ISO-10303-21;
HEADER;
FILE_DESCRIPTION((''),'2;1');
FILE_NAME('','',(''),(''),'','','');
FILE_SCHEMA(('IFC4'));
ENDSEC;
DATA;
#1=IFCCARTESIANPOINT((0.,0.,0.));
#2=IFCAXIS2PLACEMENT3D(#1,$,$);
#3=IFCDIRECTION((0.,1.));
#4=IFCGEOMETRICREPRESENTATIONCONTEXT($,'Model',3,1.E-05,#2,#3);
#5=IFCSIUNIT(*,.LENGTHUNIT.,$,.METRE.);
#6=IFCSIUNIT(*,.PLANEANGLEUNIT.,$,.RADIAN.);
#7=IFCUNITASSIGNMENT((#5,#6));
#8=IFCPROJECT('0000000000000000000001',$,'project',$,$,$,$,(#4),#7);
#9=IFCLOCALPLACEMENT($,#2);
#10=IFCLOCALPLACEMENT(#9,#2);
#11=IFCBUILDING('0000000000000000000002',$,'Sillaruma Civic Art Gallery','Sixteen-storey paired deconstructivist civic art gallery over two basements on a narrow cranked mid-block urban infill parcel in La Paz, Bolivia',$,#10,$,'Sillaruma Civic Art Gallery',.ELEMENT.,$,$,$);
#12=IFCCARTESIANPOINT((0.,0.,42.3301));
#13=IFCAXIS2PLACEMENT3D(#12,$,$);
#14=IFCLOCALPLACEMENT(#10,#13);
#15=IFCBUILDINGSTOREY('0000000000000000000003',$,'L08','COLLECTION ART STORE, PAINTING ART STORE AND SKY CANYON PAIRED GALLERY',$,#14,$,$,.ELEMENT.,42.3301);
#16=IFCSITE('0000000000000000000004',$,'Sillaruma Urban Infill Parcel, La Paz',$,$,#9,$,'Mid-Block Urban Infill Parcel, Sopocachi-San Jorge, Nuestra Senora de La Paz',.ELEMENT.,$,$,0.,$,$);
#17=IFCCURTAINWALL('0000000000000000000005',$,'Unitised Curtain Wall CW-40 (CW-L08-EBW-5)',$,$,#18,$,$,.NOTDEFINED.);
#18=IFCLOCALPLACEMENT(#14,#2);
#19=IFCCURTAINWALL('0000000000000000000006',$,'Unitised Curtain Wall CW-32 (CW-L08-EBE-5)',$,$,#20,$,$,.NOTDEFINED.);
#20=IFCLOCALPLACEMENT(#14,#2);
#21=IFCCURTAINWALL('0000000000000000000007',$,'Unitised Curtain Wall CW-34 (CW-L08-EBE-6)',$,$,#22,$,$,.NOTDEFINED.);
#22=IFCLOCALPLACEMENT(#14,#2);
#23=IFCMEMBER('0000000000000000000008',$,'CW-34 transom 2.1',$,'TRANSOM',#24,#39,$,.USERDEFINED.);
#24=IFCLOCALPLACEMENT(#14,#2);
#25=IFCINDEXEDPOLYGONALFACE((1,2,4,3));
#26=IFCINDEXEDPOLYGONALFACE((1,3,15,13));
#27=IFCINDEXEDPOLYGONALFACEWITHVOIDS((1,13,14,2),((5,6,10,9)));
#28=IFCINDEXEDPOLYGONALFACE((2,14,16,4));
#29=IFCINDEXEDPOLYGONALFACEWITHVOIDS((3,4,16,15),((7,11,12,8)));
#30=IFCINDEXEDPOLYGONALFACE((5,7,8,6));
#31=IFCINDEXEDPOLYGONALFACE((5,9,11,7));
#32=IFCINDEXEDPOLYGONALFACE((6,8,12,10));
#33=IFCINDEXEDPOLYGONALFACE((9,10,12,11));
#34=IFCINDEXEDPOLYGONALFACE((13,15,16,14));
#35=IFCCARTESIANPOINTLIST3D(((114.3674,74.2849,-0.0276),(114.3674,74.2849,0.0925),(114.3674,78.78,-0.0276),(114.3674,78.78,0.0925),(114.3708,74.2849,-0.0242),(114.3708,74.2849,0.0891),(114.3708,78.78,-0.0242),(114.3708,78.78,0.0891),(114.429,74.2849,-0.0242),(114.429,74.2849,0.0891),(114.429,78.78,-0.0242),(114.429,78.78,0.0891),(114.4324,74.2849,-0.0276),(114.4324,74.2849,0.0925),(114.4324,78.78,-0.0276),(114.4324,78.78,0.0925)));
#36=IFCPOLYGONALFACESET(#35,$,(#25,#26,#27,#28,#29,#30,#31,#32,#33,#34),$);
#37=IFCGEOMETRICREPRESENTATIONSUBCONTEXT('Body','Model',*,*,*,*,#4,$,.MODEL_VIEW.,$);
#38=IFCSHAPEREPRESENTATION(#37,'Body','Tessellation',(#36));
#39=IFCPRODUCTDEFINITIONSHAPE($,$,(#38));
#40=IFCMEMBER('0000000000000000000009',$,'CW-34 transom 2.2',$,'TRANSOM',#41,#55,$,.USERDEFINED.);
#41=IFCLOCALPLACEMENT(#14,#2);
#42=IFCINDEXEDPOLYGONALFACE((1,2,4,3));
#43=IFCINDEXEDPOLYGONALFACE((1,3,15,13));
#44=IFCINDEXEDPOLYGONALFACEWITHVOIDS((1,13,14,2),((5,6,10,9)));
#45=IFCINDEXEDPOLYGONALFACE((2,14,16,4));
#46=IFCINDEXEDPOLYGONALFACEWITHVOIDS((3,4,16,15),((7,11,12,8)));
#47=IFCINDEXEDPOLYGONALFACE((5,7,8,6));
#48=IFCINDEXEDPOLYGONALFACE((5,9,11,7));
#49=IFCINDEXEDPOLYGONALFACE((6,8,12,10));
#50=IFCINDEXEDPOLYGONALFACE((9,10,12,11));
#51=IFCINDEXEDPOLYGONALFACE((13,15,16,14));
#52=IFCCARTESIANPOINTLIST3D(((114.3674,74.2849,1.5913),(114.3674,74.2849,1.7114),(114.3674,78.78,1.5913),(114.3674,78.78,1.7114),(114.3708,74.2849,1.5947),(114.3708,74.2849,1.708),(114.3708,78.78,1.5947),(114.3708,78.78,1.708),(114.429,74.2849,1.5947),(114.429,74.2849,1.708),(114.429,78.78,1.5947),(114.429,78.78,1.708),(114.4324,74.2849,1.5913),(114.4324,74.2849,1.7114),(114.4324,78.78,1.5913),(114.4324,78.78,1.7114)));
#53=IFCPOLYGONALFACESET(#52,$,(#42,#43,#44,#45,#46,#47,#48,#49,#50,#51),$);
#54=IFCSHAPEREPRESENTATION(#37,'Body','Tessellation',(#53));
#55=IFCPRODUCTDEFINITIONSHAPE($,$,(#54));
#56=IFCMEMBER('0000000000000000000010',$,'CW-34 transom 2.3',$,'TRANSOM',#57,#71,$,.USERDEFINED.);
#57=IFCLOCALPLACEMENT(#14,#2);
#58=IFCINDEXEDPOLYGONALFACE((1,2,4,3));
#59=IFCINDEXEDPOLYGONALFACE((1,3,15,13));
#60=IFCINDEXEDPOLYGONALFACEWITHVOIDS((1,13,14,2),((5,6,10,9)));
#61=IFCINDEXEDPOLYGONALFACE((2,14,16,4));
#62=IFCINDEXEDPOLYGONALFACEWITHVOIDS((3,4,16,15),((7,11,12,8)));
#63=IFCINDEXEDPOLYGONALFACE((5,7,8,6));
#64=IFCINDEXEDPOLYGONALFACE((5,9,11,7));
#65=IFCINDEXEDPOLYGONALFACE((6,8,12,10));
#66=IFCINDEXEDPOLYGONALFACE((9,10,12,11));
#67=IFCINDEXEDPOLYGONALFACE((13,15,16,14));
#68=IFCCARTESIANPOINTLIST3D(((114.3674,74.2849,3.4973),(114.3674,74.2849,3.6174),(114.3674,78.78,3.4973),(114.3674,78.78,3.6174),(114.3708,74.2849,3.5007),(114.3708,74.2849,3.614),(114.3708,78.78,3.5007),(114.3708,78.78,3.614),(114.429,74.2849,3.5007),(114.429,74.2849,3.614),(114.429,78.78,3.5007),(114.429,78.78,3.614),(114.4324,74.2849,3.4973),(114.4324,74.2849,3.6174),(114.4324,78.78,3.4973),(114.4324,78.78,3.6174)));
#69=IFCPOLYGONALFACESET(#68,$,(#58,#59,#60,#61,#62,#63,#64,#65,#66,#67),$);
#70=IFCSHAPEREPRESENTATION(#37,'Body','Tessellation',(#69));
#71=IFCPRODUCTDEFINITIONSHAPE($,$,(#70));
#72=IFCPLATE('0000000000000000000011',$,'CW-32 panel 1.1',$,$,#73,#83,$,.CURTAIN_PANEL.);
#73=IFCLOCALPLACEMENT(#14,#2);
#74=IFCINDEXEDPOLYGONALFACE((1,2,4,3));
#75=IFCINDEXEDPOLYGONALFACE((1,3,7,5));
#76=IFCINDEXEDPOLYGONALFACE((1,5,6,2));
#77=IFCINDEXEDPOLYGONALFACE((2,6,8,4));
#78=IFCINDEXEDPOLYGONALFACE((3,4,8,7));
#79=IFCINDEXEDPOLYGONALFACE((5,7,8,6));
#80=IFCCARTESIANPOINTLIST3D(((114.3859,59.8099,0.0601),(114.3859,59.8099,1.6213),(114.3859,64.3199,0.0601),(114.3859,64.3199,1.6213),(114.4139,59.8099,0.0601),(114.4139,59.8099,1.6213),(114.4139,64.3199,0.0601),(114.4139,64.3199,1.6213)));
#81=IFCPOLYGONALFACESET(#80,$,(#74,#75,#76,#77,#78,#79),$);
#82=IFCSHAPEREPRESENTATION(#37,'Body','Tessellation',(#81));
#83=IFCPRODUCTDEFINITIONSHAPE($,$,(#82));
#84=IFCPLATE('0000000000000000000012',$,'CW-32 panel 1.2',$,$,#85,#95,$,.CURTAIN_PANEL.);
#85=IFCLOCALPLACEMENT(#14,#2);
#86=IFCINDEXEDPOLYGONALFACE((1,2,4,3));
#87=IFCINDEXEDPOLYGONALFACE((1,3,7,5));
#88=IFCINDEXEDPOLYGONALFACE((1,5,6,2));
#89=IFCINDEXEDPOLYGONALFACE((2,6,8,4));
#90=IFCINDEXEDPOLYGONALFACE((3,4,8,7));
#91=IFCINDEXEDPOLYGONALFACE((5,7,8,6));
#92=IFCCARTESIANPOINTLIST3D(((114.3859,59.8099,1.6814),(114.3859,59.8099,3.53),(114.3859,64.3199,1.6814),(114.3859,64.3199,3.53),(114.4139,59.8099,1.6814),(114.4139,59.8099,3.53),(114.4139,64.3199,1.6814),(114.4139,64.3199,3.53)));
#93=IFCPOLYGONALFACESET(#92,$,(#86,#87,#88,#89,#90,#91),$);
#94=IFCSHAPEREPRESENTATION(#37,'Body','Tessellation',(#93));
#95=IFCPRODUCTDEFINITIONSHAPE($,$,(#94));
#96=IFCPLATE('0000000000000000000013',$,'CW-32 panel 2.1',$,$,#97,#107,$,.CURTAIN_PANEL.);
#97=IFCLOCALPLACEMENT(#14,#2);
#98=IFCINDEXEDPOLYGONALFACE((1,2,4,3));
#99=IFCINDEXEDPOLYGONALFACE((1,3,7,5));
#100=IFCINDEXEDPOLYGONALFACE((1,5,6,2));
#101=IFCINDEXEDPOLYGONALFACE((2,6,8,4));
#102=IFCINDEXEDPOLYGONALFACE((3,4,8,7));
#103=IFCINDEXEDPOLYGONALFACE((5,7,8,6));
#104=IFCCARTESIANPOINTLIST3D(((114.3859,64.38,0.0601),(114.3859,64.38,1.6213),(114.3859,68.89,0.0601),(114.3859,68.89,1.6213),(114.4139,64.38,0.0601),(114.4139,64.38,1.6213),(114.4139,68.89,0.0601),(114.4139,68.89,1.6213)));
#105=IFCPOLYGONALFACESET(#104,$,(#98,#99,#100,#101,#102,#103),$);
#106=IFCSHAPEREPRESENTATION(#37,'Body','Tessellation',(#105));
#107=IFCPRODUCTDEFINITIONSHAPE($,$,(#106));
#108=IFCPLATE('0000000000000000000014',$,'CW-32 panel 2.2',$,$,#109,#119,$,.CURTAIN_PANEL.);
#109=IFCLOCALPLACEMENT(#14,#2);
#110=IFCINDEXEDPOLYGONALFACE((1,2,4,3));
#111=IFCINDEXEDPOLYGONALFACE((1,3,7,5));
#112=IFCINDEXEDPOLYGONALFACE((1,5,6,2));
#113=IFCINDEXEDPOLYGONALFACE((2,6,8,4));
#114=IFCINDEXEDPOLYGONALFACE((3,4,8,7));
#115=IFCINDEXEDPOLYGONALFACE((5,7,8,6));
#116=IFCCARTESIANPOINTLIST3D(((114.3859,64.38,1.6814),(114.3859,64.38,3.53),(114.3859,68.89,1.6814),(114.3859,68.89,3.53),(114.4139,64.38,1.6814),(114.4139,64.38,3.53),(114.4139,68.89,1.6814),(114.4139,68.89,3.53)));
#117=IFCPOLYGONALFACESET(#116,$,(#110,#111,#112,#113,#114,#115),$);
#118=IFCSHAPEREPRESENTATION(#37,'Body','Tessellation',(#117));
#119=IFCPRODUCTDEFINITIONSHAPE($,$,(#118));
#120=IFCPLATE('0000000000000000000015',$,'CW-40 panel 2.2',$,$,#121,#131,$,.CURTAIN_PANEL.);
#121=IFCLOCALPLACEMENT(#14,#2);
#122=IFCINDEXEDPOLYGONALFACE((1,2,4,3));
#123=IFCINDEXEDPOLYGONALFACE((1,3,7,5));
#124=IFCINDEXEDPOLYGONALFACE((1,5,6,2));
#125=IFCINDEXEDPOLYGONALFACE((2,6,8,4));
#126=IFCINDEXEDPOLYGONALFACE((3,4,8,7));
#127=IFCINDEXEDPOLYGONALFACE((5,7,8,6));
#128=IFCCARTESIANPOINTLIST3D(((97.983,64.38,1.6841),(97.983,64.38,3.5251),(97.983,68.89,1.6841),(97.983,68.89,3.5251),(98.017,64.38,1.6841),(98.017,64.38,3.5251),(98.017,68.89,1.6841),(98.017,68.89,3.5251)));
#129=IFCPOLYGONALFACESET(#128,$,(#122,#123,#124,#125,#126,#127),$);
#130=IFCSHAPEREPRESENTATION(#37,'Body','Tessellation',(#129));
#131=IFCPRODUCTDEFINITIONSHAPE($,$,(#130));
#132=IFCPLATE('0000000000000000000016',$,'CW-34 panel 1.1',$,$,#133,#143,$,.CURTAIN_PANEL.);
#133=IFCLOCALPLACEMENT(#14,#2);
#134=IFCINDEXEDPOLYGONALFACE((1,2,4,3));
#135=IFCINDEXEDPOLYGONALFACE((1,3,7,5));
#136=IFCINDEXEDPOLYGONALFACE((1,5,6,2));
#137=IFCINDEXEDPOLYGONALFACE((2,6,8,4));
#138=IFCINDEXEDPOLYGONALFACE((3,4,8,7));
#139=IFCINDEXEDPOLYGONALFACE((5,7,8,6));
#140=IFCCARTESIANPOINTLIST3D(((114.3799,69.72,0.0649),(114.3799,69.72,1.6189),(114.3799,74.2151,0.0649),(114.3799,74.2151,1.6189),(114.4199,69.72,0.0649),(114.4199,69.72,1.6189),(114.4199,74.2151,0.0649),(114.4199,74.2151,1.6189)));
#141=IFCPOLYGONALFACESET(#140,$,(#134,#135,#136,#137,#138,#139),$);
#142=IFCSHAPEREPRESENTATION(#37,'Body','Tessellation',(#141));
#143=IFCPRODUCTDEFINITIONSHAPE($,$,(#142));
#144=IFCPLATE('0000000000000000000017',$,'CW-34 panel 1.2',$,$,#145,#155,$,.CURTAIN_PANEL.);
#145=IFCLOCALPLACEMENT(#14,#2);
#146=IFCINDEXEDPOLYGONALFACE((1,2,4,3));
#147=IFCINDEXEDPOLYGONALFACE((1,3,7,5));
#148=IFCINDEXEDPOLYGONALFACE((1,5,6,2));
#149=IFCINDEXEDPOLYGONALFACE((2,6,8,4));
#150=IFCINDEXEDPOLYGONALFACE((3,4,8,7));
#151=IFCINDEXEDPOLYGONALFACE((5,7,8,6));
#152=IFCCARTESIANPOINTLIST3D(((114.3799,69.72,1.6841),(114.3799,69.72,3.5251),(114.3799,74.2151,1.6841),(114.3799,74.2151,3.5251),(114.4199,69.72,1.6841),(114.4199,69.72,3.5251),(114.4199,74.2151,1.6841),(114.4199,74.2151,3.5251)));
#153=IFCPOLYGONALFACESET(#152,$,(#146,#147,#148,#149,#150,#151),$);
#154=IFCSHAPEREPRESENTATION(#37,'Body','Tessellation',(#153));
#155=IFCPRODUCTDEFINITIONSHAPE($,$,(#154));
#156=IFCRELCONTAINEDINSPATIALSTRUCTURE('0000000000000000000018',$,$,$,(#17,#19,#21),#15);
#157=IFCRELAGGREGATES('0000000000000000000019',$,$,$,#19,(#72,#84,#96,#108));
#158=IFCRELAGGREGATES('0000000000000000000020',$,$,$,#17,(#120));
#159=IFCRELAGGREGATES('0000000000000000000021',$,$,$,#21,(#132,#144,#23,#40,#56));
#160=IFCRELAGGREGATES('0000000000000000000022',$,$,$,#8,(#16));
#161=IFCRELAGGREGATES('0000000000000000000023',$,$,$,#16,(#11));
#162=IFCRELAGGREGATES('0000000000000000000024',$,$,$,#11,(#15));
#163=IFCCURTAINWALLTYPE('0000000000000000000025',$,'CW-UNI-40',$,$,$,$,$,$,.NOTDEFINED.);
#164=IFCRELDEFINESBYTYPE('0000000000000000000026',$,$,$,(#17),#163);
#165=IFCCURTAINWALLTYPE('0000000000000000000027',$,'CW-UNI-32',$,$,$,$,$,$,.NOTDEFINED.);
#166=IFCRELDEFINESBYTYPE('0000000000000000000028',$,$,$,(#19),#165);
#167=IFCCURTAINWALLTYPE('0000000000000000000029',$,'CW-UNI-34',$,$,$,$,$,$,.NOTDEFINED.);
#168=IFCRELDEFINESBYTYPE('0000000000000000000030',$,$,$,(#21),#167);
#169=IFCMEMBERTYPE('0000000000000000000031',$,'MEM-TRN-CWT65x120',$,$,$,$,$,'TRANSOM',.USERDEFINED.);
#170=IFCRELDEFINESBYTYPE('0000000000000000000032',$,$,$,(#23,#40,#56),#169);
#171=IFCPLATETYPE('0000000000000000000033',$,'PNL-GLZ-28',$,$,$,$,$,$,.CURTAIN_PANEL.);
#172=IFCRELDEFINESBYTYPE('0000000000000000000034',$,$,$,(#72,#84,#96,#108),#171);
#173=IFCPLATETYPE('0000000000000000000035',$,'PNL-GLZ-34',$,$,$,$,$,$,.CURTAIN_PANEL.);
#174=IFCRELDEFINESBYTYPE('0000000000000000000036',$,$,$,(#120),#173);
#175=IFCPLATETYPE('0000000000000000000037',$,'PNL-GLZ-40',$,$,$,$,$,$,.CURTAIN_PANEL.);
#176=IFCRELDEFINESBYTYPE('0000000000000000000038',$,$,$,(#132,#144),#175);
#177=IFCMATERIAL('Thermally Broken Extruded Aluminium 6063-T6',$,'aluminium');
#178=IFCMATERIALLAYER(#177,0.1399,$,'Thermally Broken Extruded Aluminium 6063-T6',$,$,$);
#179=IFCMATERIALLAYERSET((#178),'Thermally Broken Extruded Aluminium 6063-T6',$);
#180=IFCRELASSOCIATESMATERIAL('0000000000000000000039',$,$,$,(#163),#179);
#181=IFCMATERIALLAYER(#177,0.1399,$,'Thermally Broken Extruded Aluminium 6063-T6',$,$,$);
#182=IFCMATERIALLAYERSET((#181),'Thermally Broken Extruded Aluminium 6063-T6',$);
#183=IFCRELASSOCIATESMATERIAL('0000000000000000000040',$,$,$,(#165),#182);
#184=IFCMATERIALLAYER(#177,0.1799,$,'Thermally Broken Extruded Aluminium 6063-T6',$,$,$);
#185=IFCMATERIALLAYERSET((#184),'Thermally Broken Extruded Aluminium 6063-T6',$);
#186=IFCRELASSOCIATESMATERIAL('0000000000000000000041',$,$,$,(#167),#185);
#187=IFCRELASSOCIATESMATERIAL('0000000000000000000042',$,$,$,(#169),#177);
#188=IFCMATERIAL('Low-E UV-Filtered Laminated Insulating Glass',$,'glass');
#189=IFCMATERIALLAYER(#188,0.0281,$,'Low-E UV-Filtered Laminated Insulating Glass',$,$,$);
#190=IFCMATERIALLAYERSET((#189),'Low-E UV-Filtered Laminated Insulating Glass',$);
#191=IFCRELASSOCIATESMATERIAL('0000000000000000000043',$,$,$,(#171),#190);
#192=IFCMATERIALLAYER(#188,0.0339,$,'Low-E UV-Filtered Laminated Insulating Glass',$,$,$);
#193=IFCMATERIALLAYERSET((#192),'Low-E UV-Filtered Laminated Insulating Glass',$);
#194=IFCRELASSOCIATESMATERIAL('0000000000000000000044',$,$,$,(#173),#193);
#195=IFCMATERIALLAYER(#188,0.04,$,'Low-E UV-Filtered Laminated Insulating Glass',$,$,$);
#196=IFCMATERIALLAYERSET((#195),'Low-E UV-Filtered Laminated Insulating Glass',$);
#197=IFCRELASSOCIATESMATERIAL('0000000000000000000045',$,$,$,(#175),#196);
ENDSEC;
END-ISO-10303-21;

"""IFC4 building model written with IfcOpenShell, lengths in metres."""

from ifc_helpers import new_model, si_unit, direction, frame, origin, origin_2d, place, context, subcontext, project, spatial, rectangle, hollow_rectangle, extrude, material, layer, layer_set, material_profile, profile_set, type_object, element, aggregate, save


model = new_model("IFC4")

# Units and contexts
model_context = context("Model", 3, precision=1e-05, world=origin(), true_north=direction((0.0, 1.0)))
body_context = subcontext(model_context, "Body", "Model", "MODEL_VIEW")
ifc_project = project(units=[si_unit("LENGTHUNIT", "METRE"), si_unit("PLANEANGLEUNIT", "RADIAN")], contexts=[model_context])

# Site, building, storey
site_placement = place(None, origin())
site = spatial("IfcSite", under=ifc_project, at=site_placement, Name="Sillaruma Urban Infill Parcel, La Paz", LongName="Mid-Block Urban Infill Parcel, Sopocachi-San Jorge, Nuestra Senora de La Paz", CompositionType="ELEMENT", RefElevation=0.0)
building_placement = place(site_placement, origin())
building = spatial("IfcBuilding", under=site, at=building_placement, Name="Sillaruma Civic Art Gallery", Description="Sixteen-storey paired deconstructivist civic art gallery over two basements on a narrow cranked mid-block urban infill parcel in La Paz, Bolivia", LongName="Sillaruma Civic Art Gallery", CompositionType="ELEMENT")
storey_placement = place(building_placement, frame((0.0, 0.0, 42.3301)))
storey = spatial("IfcBuildingStorey", under=building, at=storey_placement, Name="L08", Description="COLLECTION ART STORE, PAINTING ART STORE AND SKY CANYON PAIRED GALLERY", CompositionType="ELEMENT", Elevation=42.3301)

# Curtain wall
ifc_material_1 = material(Name="Thermally Broken Extruded Aluminium 6063-T6", Category="aluminium")
ifc_layer_1 = layer(ifc_material_1, 0.1399, Name="Thermally Broken Extruded Aluminium 6063-T6")
ifc_layer_set_1 = layer_set([ifc_layer_1], Name="Thermally Broken Extruded Aluminium 6063-T6")
curtain_wall_type_1 = type_object("IfcCurtainWallType", Name="CW-UNI-40", PredefinedType="NOTDEFINED", material=ifc_layer_set_1)
curtain_wall_1_placement = place(storey_placement, origin())
curtain_wall_1 = element("IfcCurtainWall", 1, at=curtain_wall_1_placement, inside=storey, type_object=curtain_wall_type_1, Name="Unitised Curtain Wall CW-40 (CW-L08-EBW-5)", PredefinedType="NOTDEFINED")

# Curtain walls
ifc_layer_2 = layer(ifc_material_1, 0.1399, Name="Thermally Broken Extruded Aluminium 6063-T6")
ifc_layer_set_2 = layer_set([ifc_layer_2], Name="Thermally Broken Extruded Aluminium 6063-T6")
curtain_wall_type_2 = type_object("IfcCurtainWallType", Name="CW-UNI-32", PredefinedType="NOTDEFINED", material=ifc_layer_set_2)
curtain_wall_2_placement = place(storey_placement, origin())
curtain_wall_2 = element("IfcCurtainWall", 2, at=curtain_wall_2_placement, inside=storey, type_object=curtain_wall_type_2, Name="Unitised Curtain Wall CW-32 (CW-L08-EBE-5)", PredefinedType="NOTDEFINED")
ifc_layer_3 = layer(ifc_material_1, 0.1799, Name="Thermally Broken Extruded Aluminium 6063-T6")
ifc_layer_set_3 = layer_set([ifc_layer_3], Name="Thermally Broken Extruded Aluminium 6063-T6")
curtain_wall_type_3 = type_object("IfcCurtainWallType", Name="CW-UNI-34", PredefinedType="NOTDEFINED", material=ifc_layer_set_3)
curtain_wall_3_placement = place(storey_placement, origin())
curtain_wall_3 = element("IfcCurtainWall", 3, at=curtain_wall_3_placement, inside=storey, type_object=curtain_wall_type_3, Name="Unitised Curtain Wall CW-34 (CW-L08-EBE-6)", PredefinedType="NOTDEFINED")

# Members
ifc_material_profile_1 = material_profile(ifc_material_1, hollow_rectangle(XDim=0.0649, YDim=0.1201, WallThickness=0.0034, at=origin_2d()), Name="CWT65x120")
ifc_profile_set_1 = profile_set([ifc_material_profile_1], Name="Thermally Broken Extruded Aluminium 6063-T6")
member_type_1 = type_object("IfcMemberType", Name="MEM-TRN-CWT65x120", ElementType="TRANSOM", PredefinedType="USERDEFINED", material=ifc_profile_set_1)
member_1_placement = place(storey_placement, frame((114.3999, 74.2849, 0.0325), z_axis=(0.0, 1.0, 0.0), x_axis=(-1.0, 0.0, 0.0)))
member_1 = element("IfcMember", 4, at=member_1_placement, type_object=member_type_1, Name="CW-34 transom 2.1", ObjectType="TRANSOM", PredefinedType="USERDEFINED", context=body_context, shape_type="SweptSolid", body=[
    extrude(hollow_rectangle(XDim=0.0649, YDim=0.1201, WallThickness=0.0034, at=origin_2d()), origin(), (0.0, 0.0, 1.0), 4.4951),
])
member_2_placement = place(storey_placement, frame((114.3999, 74.2849, 1.6514), z_axis=(0.0, 1.0, 0.0), x_axis=(-1.0, 0.0, 0.0)))
member_2 = element("IfcMember", 5, at=member_2_placement, type_object=member_type_1, Name="CW-34 transom 2.2", ObjectType="TRANSOM", PredefinedType="USERDEFINED", context=body_context, shape_type="SweptSolid", body=[
    extrude(hollow_rectangle(XDim=0.0649, YDim=0.1201, WallThickness=0.0034, at=origin_2d()), origin(), (0.0, 0.0, 1.0), 4.4951),
])
member_3_placement = place(storey_placement, frame((114.3999, 74.2849, 3.5574), z_axis=(0.0, 1.0, 0.0), x_axis=(-1.0, 0.0, 0.0)))
member_3 = element("IfcMember", 6, at=member_3_placement, type_object=member_type_1, Name="CW-34 transom 2.3", ObjectType="TRANSOM", PredefinedType="USERDEFINED", context=body_context, shape_type="SweptSolid", body=[
    extrude(hollow_rectangle(XDim=0.0649, YDim=0.1201, WallThickness=0.0034, at=origin_2d()), origin(), (0.0, 0.0, 1.0), 4.4951),
])

# Plates
ifc_material_2 = material(Name="Low-E UV-Filtered Laminated Insulating Glass", Category="glass")
ifc_layer_4 = layer(ifc_material_2, 0.0281, Name="Low-E UV-Filtered Laminated Insulating Glass")
ifc_layer_set_4 = layer_set([ifc_layer_4], Name="Low-E UV-Filtered Laminated Insulating Glass")
plate_type_1 = type_object("IfcPlateType", Name="PNL-GLZ-28", PredefinedType="CURTAIN_PANEL", material=ifc_layer_set_4)
plate_1_placement = place(storey_placement, frame((114.3999, 62.0649, 0.0601), z_axis=(0.0, 0.0, 1.0), x_axis=(0.0, 1.0, 0.0)))
plate_1 = element("IfcPlate", 7, at=plate_1_placement, type_object=plate_type_1, Name="CW-32 panel 1.1", PredefinedType="CURTAIN_PANEL", context=body_context, shape_type="SweptSolid", body=[
    extrude(rectangle(XDim=4.51, YDim=0.0281, at=origin_2d()), origin(), (0.0, 0.0, 1.0), 1.5613),
])
plate_2_placement = place(storey_placement, frame((114.3999, 62.0649, 1.6814), z_axis=(0.0, 0.0, 1.0), x_axis=(0.0, 1.0, 0.0)))
plate_2 = element("IfcPlate", 8, at=plate_2_placement, type_object=plate_type_1, Name="CW-32 panel 1.2", PredefinedType="CURTAIN_PANEL", context=body_context, shape_type="SweptSolid", body=[
    extrude(rectangle(XDim=4.51, YDim=0.0281, at=origin_2d()), origin(), (0.0, 0.0, 1.0), 1.8486),
])
plate_3_placement = place(storey_placement, frame((114.3999, 66.635, 0.0601), z_axis=(0.0, 0.0, 1.0), x_axis=(0.0, 1.0, 0.0)))
plate_3 = element("IfcPlate", 9, at=plate_3_placement, type_object=plate_type_1, Name="CW-32 panel 2.1", PredefinedType="CURTAIN_PANEL", context=body_context, shape_type="SweptSolid", body=[
    extrude(rectangle(XDim=4.51, YDim=0.0281, at=origin_2d()), origin(), (0.0, 0.0, 1.0), 1.5613),
])
plate_4_placement = place(storey_placement, frame((114.3999, 66.635, 1.6814), z_axis=(0.0, 0.0, 1.0), x_axis=(0.0, 1.0, 0.0)))
plate_4 = element("IfcPlate", 10, at=plate_4_placement, type_object=plate_type_1, Name="CW-32 panel 2.2", PredefinedType="CURTAIN_PANEL", context=body_context, shape_type="SweptSolid", body=[
    extrude(rectangle(XDim=4.51, YDim=0.0281, at=origin_2d()), origin(), (0.0, 0.0, 1.0), 1.8486),
])
aggregate(curtain_wall_2, [plate_1, plate_2, plate_3, plate_4])
ifc_layer_5 = layer(ifc_material_2, 0.0339, Name="Low-E UV-Filtered Laminated Insulating Glass")
ifc_layer_set_5 = layer_set([ifc_layer_5], Name="Low-E UV-Filtered Laminated Insulating Glass")
plate_type_2 = type_object("IfcPlateType", Name="PNL-GLZ-34", PredefinedType="CURTAIN_PANEL", material=ifc_layer_set_5)
plate_5_placement = place(storey_placement, frame((98.0, 66.635, 1.6841), z_axis=(0.0, 0.0, 1.0), x_axis=(0.0, 1.0, 0.0)))
plate_5 = element("IfcPlate", 11, at=plate_5_placement, type_object=plate_type_2, Name="CW-40 panel 2.2", PredefinedType="CURTAIN_PANEL", context=body_context, shape_type="SweptSolid", body=[
    extrude(rectangle(XDim=4.51, YDim=0.0339, at=origin_2d()), origin(), (0.0, 0.0, 1.0), 1.8411),
])
aggregate(curtain_wall_1, [plate_5])
ifc_layer_6 = layer(ifc_material_2, 0.04, Name="Low-E UV-Filtered Laminated Insulating Glass")
ifc_layer_set_6 = layer_set([ifc_layer_6], Name="Low-E UV-Filtered Laminated Insulating Glass")
plate_type_3 = type_object("IfcPlateType", Name="PNL-GLZ-40", PredefinedType="CURTAIN_PANEL", material=ifc_layer_set_6)
plate_6_placement = place(storey_placement, frame((114.3999, 71.9675, 0.0649), z_axis=(0.0, 0.0, 1.0), x_axis=(0.0, 1.0, 0.0)))
plate_6 = element("IfcPlate", 12, at=plate_6_placement, type_object=plate_type_3, Name="CW-34 panel 1.1", PredefinedType="CURTAIN_PANEL", context=body_context, shape_type="SweptSolid", body=[
    extrude(rectangle(XDim=4.4951, YDim=0.04, at=origin_2d()), origin(), (0.0, 0.0, 1.0), 1.554),
])
plate_7_placement = place(storey_placement, frame((114.3999, 71.9675, 1.6841), z_axis=(0.0, 0.0, 1.0), x_axis=(0.0, 1.0, 0.0)))
plate_7 = element("IfcPlate", 13, at=plate_7_placement, type_object=plate_type_3, Name="CW-34 panel 1.2", PredefinedType="CURTAIN_PANEL", context=body_context, shape_type="SweptSolid", body=[
    extrude(rectangle(XDim=4.4951, YDim=0.04, at=origin_2d()), origin(), (0.0, 0.0, 1.0), 1.8411),
])
aggregate(curtain_wall_3, [plate_6, plate_7, member_1, member_2, member_3])

save(model, "model.ifc")
